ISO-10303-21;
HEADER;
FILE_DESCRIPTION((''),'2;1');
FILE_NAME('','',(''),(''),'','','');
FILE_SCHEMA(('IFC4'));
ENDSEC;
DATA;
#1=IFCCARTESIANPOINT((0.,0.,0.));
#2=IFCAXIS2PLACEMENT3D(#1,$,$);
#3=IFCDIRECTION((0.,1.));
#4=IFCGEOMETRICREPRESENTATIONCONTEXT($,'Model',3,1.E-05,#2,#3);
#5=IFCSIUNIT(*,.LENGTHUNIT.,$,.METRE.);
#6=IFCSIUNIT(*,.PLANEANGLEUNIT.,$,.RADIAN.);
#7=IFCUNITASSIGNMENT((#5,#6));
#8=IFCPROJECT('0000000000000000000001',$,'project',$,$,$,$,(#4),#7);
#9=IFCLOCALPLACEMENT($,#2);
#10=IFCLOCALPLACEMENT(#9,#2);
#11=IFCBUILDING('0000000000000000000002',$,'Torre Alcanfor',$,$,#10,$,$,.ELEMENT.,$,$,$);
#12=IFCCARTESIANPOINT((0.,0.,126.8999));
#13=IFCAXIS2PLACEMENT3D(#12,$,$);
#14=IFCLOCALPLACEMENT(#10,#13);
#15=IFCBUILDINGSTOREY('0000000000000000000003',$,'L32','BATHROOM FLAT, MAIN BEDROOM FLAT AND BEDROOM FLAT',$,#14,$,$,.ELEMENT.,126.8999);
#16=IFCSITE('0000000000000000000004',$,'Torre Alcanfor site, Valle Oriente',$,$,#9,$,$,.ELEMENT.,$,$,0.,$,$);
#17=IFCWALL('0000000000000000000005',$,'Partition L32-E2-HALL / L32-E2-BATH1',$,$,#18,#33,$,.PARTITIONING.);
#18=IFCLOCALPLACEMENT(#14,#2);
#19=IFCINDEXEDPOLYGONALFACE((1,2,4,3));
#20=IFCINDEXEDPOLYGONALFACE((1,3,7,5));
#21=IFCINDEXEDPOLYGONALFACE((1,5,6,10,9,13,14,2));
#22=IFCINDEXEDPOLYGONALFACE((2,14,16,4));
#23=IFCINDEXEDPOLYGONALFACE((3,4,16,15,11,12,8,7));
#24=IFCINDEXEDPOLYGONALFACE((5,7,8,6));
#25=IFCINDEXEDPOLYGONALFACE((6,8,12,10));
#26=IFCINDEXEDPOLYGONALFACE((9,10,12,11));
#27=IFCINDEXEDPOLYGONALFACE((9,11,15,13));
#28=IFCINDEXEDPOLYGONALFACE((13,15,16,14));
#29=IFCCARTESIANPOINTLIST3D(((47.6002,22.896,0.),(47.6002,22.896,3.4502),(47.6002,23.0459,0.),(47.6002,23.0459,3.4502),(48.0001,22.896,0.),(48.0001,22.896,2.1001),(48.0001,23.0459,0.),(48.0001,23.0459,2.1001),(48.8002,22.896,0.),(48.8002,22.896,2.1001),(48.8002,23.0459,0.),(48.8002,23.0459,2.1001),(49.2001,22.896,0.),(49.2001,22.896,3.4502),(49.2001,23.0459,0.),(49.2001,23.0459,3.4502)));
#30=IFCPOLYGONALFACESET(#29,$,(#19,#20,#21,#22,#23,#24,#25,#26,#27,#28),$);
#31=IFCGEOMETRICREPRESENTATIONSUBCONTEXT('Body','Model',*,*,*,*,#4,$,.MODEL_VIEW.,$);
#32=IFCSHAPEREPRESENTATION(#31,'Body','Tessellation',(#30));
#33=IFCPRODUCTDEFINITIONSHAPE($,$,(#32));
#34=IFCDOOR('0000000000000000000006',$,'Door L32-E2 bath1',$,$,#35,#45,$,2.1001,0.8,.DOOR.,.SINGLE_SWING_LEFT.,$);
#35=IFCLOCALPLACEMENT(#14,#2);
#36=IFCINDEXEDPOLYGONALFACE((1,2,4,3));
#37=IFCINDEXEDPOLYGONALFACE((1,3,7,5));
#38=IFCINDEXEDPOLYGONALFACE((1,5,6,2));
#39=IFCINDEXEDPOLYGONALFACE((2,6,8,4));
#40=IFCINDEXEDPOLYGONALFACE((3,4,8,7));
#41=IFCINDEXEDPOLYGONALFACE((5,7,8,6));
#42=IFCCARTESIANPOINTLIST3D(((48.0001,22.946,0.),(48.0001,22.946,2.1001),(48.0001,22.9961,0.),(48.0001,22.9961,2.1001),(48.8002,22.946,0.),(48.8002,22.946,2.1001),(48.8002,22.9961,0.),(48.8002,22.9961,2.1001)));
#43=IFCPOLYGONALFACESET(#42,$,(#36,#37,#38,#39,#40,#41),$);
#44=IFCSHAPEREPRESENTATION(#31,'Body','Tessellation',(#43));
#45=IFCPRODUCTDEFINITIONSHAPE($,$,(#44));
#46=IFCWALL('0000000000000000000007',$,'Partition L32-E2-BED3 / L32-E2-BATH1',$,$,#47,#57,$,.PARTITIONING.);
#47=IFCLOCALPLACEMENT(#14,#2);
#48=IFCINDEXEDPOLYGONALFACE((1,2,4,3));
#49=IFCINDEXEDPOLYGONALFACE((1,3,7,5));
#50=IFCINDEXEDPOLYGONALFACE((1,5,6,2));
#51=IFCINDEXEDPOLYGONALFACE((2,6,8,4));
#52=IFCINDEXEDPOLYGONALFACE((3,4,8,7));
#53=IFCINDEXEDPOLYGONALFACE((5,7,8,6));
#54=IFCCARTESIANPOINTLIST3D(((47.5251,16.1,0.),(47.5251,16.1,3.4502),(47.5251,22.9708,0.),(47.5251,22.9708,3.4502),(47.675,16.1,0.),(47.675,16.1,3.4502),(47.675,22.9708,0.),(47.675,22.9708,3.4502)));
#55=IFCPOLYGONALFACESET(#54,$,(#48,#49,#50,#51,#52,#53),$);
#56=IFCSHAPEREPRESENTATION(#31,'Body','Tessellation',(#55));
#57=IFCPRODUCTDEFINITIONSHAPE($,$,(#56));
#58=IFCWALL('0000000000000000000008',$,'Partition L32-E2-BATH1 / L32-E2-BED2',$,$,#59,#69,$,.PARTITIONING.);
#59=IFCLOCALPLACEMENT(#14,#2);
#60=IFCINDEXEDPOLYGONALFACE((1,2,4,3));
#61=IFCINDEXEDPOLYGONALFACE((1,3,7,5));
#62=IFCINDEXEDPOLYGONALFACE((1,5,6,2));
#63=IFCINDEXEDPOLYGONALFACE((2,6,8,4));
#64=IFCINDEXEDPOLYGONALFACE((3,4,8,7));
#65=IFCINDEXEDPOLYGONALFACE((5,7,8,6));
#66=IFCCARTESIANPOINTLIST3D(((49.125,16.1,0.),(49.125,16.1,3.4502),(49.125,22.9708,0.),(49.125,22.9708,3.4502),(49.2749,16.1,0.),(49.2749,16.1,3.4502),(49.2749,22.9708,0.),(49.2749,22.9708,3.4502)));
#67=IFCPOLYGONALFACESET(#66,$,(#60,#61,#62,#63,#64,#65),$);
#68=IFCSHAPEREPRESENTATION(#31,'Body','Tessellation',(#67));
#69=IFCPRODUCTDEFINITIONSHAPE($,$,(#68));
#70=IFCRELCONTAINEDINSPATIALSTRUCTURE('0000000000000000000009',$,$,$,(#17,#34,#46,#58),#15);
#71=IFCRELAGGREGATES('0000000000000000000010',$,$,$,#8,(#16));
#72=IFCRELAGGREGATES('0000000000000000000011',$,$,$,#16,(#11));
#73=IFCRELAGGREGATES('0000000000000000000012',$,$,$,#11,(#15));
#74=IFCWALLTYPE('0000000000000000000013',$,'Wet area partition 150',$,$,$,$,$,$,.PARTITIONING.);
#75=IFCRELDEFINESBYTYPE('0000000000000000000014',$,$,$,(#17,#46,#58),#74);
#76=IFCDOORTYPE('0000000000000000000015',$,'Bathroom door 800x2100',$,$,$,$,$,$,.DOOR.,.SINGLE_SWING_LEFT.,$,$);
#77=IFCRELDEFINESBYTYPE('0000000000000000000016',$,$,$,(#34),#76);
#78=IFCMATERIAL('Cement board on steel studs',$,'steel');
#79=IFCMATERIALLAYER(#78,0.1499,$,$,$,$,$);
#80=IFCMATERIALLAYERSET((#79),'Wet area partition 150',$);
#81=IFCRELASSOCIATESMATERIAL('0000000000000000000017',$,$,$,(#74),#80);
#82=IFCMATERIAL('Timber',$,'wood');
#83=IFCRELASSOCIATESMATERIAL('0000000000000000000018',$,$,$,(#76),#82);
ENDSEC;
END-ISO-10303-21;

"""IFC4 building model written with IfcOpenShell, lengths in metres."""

from ifc_helpers import new_model, si_unit, direction, frame, frame_2d, origin, place, context, subcontext, project, spatial, rectangle, extrude, material, layer, layer_set, type_object, element, fill, save


model = new_model("IFC4")

# Units and contexts
model_context = context("Model", 3, precision=1e-05, world=origin(), true_north=direction((0.0, 1.0)))
body_context = subcontext(model_context, "Body", "Model", "MODEL_VIEW")
ifc_project = project(units=[si_unit("LENGTHUNIT", "METRE"), si_unit("PLANEANGLEUNIT", "RADIAN")], contexts=[model_context])

# Site, building, storey
site_placement = place(None, origin())
site = spatial("IfcSite", under=ifc_project, at=site_placement, Name="Torre Alcanfor site, Valle Oriente", CompositionType="ELEMENT", RefElevation=0.0)
building_placement = place(site_placement, origin())
building = spatial("IfcBuilding", under=site, at=building_placement, Name="Torre Alcanfor", CompositionType="ELEMENT")
storey_placement = place(building_placement, frame((0.0, 0.0, 126.8999)))
storey = spatial("IfcBuildingStorey", under=building, at=storey_placement, Name="L32", Description="BATHROOM FLAT, MAIN BEDROOM FLAT AND BEDROOM FLAT", CompositionType="ELEMENT", Elevation=126.8999)

# Wall, opening, door
ifc_material_1 = material(Name="Cement board on steel studs", Category="steel")
ifc_layer_1 = layer(ifc_material_1, 0.1499)
ifc_layer_set_1 = layer_set([ifc_layer_1], Name="Wet area partition 150")
wall_type_1 = type_object("IfcWallType", Name="Wet area partition 150", PredefinedType="PARTITIONING", material=ifc_layer_set_1)
wall_1_placement = place(storey_placement, frame((49.2, 22.9709, 0.0), z_axis=(0.0, 0.0, 1.0), x_axis=(-1.0, 0.0, 0.0)))
wall_1 = element("IfcWall", 1, at=wall_1_placement, inside=storey, type_object=wall_type_1, Name="Partition L32-E2-HALL / L32-E2-BATH1", PredefinedType="PARTITIONING", context=body_context, shape_type="SweptSolid", body=[
    extrude(rectangle(XDim=1.5999, YDim=0.1499, at=frame_2d((0.7998, 0.0))), origin(), (0.0, 0.0, 1.0), 3.4502),
])
opening_1_placement = place(wall_1_placement, frame((0.3999, 0.0, 0.0)))
opening_1 = element("IfcOpeningElement", 2, at=opening_1_placement, cuts=wall_1, PredefinedType="OPENING", context=body_context, shape_type="SweptSolid", body=[
    extrude(rectangle(XDim=0.8, YDim=2.1001, at=frame_2d((0.3999, 1.05))), frame((0.0, 0.085, 0.0), z_axis=(0.0, -1.0, 0.0), x_axis=(1.0, 0.0, 0.0)), (0.0, 0.0, 1.0), 0.1699),
])
ifc_material_2 = material(Name="Timber", Category="wood")
door_type_1 = type_object("IfcDoorType", Name="Bathroom door 800x2100", OperationType="SINGLE_SWING_LEFT", PredefinedType="DOOR", material=ifc_material_2)
door_1_placement = place(opening_1_placement, origin())
door_1 = element("IfcDoor", 3, at=door_1_placement, inside=storey, type_object=door_type_1, Name="Door L32-E2 bath1", OperationType="SINGLE_SWING_LEFT", OverallHeight=2.1001, OverallWidth=0.8, PredefinedType="DOOR", context=body_context, shape_type="SweptSolid", body=[
    extrude(rectangle(XDim=0.8, YDim=2.1001, at=frame_2d((0.3999, 1.05))), frame((0.0, 0.0249, 0.0), z_axis=(0.0, -1.0, 0.0), x_axis=(1.0, 0.0, 0.0)), (0.0, 0.0, 1.0), 0.05),
])
fill(opening_1, door_1)

# Walls
for number, where, z_axis, x_axis, name in (
    (4, (47.6001, 22.9709, 0.0), (0.0, 0.0, 1.0), (0.0, -1.0, 0.0), "Partition L32-E2-BED3 / L32-E2-BATH1"),
    (5, (49.2, 22.9709, 0.0), (0.0, 0.0, 1.0), (0.0, -1.0, 0.0), "Partition L32-E2-BATH1 / L32-E2-BED2"),
):
    element("IfcWall", number, at=place(storey_placement, frame(where, z_axis=z_axis, x_axis=x_axis)), inside=storey, type_object=wall_type_1, Name=name, PredefinedType="PARTITIONING", context=body_context, shape_type="SweptSolid", body=[
        extrude(rectangle(XDim=6.8708, YDim=0.1499, at=frame_2d((3.4355, 0.0))), origin(), (0.0, 0.0, 1.0), 3.4502),
    ])

save(model, "model.ifc")
